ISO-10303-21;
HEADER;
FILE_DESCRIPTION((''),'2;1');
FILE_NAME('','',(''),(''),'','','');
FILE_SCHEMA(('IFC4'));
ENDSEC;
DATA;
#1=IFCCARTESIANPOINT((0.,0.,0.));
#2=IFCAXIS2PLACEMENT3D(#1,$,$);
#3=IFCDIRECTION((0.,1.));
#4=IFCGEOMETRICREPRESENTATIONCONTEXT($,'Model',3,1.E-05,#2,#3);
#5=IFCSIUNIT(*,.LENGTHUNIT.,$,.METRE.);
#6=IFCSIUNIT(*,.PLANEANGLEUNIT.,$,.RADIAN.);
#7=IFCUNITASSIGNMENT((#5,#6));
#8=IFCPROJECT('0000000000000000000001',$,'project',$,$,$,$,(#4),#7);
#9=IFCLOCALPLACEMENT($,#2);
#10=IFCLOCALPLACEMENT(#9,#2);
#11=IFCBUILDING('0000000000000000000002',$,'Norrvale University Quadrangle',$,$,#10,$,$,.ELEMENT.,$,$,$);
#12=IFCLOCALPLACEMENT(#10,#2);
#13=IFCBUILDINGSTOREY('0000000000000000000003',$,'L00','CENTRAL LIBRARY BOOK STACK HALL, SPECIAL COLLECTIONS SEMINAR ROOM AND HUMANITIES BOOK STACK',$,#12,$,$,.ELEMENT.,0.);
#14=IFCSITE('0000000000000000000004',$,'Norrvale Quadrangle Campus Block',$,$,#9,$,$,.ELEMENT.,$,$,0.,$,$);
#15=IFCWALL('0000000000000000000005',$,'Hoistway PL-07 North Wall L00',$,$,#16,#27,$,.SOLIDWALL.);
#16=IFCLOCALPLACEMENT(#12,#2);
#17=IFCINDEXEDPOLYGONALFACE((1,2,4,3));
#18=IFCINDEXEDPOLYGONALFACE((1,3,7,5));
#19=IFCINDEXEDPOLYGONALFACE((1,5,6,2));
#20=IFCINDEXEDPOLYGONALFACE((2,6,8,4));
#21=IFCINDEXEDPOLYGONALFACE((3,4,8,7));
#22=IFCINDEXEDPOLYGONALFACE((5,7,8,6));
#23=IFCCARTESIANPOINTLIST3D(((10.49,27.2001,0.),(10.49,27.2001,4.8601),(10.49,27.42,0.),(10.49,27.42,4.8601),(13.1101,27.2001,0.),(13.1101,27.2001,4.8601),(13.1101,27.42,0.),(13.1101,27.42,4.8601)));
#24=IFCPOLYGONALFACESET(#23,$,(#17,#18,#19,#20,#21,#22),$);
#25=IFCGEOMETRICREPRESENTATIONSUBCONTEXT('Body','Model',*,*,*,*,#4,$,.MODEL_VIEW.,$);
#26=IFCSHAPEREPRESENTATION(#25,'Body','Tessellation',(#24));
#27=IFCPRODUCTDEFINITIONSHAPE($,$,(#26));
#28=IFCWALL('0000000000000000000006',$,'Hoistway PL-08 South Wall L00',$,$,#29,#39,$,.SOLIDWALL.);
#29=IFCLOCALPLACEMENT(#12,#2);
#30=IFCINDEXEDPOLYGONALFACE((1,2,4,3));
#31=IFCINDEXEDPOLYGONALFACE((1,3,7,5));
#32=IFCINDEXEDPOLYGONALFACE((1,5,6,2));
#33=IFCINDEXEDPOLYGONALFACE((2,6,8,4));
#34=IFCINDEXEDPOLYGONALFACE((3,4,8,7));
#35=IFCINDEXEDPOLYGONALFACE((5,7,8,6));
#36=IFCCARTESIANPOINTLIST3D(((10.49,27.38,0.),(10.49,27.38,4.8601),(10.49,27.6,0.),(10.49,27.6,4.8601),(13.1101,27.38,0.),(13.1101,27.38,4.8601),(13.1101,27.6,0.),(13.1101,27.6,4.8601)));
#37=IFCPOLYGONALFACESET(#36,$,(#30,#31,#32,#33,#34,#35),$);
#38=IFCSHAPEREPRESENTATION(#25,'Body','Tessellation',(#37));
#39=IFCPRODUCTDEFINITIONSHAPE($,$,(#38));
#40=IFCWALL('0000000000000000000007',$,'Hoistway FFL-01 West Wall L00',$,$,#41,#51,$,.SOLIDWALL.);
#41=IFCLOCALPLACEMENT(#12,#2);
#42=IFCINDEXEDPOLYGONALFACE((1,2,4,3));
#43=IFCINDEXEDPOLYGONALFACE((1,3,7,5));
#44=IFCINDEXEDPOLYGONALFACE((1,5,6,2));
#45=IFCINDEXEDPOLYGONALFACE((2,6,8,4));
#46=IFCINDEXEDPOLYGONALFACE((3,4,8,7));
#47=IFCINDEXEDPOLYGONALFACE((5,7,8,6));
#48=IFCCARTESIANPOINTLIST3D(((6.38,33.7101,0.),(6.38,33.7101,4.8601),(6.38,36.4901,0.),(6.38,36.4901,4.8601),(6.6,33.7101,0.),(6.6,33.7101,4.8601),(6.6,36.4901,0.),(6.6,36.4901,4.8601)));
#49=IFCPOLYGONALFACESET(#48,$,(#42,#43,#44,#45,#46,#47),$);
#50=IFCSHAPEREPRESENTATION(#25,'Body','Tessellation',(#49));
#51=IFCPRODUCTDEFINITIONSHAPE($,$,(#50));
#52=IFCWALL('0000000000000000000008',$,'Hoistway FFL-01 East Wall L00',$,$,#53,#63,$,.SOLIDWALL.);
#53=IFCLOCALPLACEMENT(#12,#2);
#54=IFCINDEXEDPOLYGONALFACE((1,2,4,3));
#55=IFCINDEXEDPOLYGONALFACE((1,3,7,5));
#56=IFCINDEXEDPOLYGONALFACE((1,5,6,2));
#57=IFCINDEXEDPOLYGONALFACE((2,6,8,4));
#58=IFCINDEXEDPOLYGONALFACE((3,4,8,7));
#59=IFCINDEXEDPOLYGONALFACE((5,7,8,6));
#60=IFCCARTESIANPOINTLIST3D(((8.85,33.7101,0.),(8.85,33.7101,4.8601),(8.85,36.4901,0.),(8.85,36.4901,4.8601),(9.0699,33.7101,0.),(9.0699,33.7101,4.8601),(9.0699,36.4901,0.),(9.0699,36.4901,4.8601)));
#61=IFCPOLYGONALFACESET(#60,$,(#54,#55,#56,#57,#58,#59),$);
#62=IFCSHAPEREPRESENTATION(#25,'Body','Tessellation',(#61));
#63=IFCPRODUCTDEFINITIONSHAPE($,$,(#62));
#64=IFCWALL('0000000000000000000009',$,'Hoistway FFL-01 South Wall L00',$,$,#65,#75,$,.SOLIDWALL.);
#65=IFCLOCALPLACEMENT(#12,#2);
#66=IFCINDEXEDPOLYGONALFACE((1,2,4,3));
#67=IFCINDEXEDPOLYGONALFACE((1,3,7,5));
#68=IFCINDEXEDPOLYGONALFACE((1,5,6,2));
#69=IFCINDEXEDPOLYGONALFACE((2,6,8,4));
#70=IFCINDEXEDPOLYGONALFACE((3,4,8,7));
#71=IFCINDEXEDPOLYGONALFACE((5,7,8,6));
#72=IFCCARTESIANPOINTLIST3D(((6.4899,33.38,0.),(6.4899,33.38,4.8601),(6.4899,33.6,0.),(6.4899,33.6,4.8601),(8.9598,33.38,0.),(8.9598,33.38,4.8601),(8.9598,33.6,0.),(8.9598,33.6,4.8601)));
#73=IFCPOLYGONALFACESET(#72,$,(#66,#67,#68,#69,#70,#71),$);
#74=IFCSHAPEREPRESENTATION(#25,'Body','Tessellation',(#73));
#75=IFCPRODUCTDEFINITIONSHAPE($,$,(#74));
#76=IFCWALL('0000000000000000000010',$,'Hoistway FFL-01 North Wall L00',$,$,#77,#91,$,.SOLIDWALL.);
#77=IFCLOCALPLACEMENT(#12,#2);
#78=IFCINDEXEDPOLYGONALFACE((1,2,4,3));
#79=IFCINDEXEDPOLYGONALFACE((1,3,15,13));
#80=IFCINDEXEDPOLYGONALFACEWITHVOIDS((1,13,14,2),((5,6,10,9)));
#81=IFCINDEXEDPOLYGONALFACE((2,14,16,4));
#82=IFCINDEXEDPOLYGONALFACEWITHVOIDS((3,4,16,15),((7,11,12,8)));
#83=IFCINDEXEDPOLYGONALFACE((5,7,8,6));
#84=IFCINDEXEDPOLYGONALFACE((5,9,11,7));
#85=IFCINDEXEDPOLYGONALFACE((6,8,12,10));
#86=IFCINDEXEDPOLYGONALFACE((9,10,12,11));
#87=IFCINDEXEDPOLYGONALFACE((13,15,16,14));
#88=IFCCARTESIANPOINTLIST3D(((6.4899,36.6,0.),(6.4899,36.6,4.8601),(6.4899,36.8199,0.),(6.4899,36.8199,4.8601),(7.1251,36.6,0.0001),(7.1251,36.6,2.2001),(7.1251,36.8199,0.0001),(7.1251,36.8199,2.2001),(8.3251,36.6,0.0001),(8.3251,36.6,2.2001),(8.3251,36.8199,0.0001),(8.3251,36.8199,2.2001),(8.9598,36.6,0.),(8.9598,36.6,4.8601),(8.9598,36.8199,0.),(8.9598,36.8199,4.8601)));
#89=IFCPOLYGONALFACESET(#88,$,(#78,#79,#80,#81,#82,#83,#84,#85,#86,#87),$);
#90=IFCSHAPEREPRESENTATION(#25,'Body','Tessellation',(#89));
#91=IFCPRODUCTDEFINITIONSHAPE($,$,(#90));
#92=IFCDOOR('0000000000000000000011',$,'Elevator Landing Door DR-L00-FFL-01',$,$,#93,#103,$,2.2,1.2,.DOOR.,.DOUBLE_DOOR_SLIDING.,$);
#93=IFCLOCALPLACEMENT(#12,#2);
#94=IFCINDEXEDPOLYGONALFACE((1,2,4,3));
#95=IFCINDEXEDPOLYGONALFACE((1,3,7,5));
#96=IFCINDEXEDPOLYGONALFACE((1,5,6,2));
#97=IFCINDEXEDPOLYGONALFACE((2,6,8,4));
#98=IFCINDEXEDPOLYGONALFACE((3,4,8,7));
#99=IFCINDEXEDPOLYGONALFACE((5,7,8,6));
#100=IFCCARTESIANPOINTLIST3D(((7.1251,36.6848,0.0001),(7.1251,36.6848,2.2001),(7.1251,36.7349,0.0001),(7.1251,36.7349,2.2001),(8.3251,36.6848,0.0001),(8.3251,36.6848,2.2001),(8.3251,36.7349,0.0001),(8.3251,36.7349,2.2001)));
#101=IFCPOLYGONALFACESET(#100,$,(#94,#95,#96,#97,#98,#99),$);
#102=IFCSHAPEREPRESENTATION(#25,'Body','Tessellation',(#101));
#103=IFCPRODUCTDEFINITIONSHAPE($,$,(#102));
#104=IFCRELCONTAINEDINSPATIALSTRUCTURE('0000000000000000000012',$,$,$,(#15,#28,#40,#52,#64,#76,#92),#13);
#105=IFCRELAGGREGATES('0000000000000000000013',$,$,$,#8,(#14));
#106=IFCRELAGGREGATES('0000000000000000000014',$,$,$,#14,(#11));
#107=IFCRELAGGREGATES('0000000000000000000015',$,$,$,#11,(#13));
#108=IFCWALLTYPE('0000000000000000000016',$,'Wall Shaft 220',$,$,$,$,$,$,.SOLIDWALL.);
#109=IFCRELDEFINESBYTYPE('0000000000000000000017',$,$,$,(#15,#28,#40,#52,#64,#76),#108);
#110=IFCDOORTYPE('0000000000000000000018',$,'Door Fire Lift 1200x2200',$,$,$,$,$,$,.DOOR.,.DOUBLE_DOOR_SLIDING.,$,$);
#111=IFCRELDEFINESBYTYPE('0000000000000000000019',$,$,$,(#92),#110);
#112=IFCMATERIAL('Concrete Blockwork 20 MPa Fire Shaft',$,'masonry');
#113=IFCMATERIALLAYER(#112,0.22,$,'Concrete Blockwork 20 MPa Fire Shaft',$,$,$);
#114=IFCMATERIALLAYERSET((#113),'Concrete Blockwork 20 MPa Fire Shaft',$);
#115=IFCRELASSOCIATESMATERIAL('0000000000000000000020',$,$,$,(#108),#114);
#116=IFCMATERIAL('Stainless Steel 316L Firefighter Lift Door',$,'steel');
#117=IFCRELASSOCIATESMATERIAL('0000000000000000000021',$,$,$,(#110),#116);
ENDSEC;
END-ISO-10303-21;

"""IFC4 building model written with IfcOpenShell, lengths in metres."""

from ifc_helpers import new_model, si_unit, direction, frame, frame_2d, origin, place, context, subcontext, project, spatial, rectangle, extrude, material, layer, layer_set, type_object, element, fill, save


model = new_model("IFC4")

# Units and contexts
model_context = context("Model", 3, precision=1e-05, world=origin(), true_north=direction((0.0, 1.0)))
body_context = subcontext(model_context, "Body", "Model", "MODEL_VIEW")
ifc_project = project(units=[si_unit("LENGTHUNIT", "METRE"), si_unit("PLANEANGLEUNIT", "RADIAN")], contexts=[model_context])

# Site, building, storey
site_placement = place(None, origin())
site = spatial("IfcSite", under=ifc_project, at=site_placement, Name="Norrvale Quadrangle Campus Block", CompositionType="ELEMENT", RefElevation=0.0)
building_placement = place(site_placement, origin())
building = spatial("IfcBuilding", under=site, at=building_placement, Name="Norrvale University Quadrangle", CompositionType="ELEMENT")
storey_placement = place(building_placement, origin())
storey = spatial("IfcBuildingStorey", under=building, at=storey_placement, Name="L00", Description="CENTRAL LIBRARY BOOK STACK HALL, SPECIAL COLLECTIONS SEMINAR ROOM AND HUMANITIES BOOK STACK", CompositionType="ELEMENT", Elevation=0.0)

# Shared definitions
ifc_material_1 = material(Name="Concrete Blockwork 20 MPa Fire Shaft", Category="masonry")
ifc_layer_1 = layer(ifc_material_1, 0.22, Name="Concrete Blockwork 20 MPa Fire Shaft")
ifc_layer_set_1 = layer_set([ifc_layer_1], Name="Concrete Blockwork 20 MPa Fire Shaft")
wall_type_1 = type_object("IfcWallType", Name="Wall Shaft 220", PredefinedType="SOLIDWALL", material=ifc_layer_set_1)

# Walls
for number, where, z_axis, x_axis, name in (
    (1, (10.49, 27.3101, 0.0), (0.0, 0.0, 1.0), (1.0, 0.0, 0.0), "Hoistway PL-07 North Wall L00"),
    (2, (10.49, 27.49, 0.0), (0.0, 0.0, 1.0), (1.0, 0.0, 0.0), "Hoistway PL-08 South Wall L00"),
):
    element("IfcWall", number, at=place(storey_placement, frame(where, z_axis=z_axis, x_axis=x_axis)), inside=storey, type_object=wall_type_1, Name=name, PredefinedType="SOLIDWALL", context=body_context, shape_type="SweptSolid", body=[
        extrude(rectangle(XDim=2.6201, YDim=0.22, at=frame_2d((1.3101, 0.0))), origin(), (0.0, 0.0, 1.0), 4.8601),
    ])
for number, where, z_axis, x_axis, name in (
    (3, (6.49, 33.71, 0.0), (0.0, 0.0, 1.0), (0.0, 1.0, 0.0), "Hoistway FFL-01 West Wall L00"),
    (4, (8.96, 33.71, 0.0), (0.0, 0.0, 1.0), (0.0, 1.0, 0.0), "Hoistway FFL-01 East Wall L00"),
):
    element("IfcWall", number, at=place(storey_placement, frame(where, z_axis=z_axis, x_axis=x_axis)), inside=storey, type_object=wall_type_1, Name=name, PredefinedType="SOLIDWALL", context=body_context, shape_type="SweptSolid", body=[
        extrude(rectangle(XDim=2.78, YDim=0.22, at=frame_2d((1.3901, 0.0))), origin(), (0.0, 0.0, 1.0), 4.8601),
    ])
wall_1_placement = place(storey_placement, frame((6.49, 33.49, 0.0), z_axis=(0.0, 0.0, 1.0), x_axis=(1.0, 0.0, 0.0)))
element("IfcWall", 5, at=wall_1_placement, inside=storey, type_object=wall_type_1, Name="Hoistway FFL-01 South Wall L00", PredefinedType="SOLIDWALL", context=body_context, shape_type="SweptSolid", body=[
    extrude(rectangle(XDim=2.47, YDim=0.22, at=frame_2d((1.2349, 0.0))), origin(), (0.0, 0.0, 1.0), 4.8601),
])

# Wall, opening, door
wall_2_placement = place(storey_placement, frame((6.49, 36.71, 0.0), z_axis=(0.0, 0.0, 1.0), x_axis=(1.0, 0.0, 0.0)))
wall_2 = element("IfcWall", 6, at=wall_2_placement, inside=storey, type_object=wall_type_1, Name="Hoistway FFL-01 North Wall L00", PredefinedType="SOLIDWALL", context=body_context, shape_type="SweptSolid", body=[
    extrude(rectangle(XDim=2.47, YDim=0.22, at=frame_2d((1.2349, 0.0))), origin(), (0.0, 0.0, 1.0), 4.8601),
])
opening_1_placement = place(wall_2_placement, frame((0.635, 0.0, 0.0)))
opening_1 = element("IfcOpeningElement", 7, at=opening_1_placement, cuts=wall_2, PredefinedType="OPENING", context=body_context, shape_type="SweptSolid", body=[
    extrude(rectangle(XDim=1.2, YDim=2.2, at=frame_2d((0.6001, 1.1001))), frame((0.0, 0.1221, 0.0), z_axis=(0.0, -1.0, 0.0), x_axis=(1.0, 0.0, 0.0)), (0.0, 0.0, 1.0), 0.2439),
])
ifc_material_2 = material(Name="Stainless Steel 316L Firefighter Lift Door", Category="steel")
door_type_1 = type_object("IfcDoorType", Name="Door Fire Lift 1200x2200", OperationType="DOUBLE_DOOR_SLIDING", PredefinedType="DOOR", material=ifc_material_2)
door_1_placement = place(opening_1_placement, origin())
door_1 = element("IfcDoor", 8, at=door_1_placement, inside=storey, type_object=door_type_1, Name="Elevator Landing Door DR-L00-FFL-01", OperationType="DOUBLE_DOOR_SLIDING", OverallHeight=2.2, OverallWidth=1.2, PredefinedType="DOOR", context=body_context, shape_type="SweptSolid", body=[
    extrude(rectangle(XDim=1.2, YDim=2.2, at=frame_2d((0.6001, 1.1001))), frame((0.0, 0.0249, 0.0), z_axis=(0.0, -1.0, 0.0), x_axis=(1.0, 0.0, 0.0)), (0.0, 0.0, 1.0), 0.05),
])
fill(opening_1, door_1)

save(model, "model.ifc")
